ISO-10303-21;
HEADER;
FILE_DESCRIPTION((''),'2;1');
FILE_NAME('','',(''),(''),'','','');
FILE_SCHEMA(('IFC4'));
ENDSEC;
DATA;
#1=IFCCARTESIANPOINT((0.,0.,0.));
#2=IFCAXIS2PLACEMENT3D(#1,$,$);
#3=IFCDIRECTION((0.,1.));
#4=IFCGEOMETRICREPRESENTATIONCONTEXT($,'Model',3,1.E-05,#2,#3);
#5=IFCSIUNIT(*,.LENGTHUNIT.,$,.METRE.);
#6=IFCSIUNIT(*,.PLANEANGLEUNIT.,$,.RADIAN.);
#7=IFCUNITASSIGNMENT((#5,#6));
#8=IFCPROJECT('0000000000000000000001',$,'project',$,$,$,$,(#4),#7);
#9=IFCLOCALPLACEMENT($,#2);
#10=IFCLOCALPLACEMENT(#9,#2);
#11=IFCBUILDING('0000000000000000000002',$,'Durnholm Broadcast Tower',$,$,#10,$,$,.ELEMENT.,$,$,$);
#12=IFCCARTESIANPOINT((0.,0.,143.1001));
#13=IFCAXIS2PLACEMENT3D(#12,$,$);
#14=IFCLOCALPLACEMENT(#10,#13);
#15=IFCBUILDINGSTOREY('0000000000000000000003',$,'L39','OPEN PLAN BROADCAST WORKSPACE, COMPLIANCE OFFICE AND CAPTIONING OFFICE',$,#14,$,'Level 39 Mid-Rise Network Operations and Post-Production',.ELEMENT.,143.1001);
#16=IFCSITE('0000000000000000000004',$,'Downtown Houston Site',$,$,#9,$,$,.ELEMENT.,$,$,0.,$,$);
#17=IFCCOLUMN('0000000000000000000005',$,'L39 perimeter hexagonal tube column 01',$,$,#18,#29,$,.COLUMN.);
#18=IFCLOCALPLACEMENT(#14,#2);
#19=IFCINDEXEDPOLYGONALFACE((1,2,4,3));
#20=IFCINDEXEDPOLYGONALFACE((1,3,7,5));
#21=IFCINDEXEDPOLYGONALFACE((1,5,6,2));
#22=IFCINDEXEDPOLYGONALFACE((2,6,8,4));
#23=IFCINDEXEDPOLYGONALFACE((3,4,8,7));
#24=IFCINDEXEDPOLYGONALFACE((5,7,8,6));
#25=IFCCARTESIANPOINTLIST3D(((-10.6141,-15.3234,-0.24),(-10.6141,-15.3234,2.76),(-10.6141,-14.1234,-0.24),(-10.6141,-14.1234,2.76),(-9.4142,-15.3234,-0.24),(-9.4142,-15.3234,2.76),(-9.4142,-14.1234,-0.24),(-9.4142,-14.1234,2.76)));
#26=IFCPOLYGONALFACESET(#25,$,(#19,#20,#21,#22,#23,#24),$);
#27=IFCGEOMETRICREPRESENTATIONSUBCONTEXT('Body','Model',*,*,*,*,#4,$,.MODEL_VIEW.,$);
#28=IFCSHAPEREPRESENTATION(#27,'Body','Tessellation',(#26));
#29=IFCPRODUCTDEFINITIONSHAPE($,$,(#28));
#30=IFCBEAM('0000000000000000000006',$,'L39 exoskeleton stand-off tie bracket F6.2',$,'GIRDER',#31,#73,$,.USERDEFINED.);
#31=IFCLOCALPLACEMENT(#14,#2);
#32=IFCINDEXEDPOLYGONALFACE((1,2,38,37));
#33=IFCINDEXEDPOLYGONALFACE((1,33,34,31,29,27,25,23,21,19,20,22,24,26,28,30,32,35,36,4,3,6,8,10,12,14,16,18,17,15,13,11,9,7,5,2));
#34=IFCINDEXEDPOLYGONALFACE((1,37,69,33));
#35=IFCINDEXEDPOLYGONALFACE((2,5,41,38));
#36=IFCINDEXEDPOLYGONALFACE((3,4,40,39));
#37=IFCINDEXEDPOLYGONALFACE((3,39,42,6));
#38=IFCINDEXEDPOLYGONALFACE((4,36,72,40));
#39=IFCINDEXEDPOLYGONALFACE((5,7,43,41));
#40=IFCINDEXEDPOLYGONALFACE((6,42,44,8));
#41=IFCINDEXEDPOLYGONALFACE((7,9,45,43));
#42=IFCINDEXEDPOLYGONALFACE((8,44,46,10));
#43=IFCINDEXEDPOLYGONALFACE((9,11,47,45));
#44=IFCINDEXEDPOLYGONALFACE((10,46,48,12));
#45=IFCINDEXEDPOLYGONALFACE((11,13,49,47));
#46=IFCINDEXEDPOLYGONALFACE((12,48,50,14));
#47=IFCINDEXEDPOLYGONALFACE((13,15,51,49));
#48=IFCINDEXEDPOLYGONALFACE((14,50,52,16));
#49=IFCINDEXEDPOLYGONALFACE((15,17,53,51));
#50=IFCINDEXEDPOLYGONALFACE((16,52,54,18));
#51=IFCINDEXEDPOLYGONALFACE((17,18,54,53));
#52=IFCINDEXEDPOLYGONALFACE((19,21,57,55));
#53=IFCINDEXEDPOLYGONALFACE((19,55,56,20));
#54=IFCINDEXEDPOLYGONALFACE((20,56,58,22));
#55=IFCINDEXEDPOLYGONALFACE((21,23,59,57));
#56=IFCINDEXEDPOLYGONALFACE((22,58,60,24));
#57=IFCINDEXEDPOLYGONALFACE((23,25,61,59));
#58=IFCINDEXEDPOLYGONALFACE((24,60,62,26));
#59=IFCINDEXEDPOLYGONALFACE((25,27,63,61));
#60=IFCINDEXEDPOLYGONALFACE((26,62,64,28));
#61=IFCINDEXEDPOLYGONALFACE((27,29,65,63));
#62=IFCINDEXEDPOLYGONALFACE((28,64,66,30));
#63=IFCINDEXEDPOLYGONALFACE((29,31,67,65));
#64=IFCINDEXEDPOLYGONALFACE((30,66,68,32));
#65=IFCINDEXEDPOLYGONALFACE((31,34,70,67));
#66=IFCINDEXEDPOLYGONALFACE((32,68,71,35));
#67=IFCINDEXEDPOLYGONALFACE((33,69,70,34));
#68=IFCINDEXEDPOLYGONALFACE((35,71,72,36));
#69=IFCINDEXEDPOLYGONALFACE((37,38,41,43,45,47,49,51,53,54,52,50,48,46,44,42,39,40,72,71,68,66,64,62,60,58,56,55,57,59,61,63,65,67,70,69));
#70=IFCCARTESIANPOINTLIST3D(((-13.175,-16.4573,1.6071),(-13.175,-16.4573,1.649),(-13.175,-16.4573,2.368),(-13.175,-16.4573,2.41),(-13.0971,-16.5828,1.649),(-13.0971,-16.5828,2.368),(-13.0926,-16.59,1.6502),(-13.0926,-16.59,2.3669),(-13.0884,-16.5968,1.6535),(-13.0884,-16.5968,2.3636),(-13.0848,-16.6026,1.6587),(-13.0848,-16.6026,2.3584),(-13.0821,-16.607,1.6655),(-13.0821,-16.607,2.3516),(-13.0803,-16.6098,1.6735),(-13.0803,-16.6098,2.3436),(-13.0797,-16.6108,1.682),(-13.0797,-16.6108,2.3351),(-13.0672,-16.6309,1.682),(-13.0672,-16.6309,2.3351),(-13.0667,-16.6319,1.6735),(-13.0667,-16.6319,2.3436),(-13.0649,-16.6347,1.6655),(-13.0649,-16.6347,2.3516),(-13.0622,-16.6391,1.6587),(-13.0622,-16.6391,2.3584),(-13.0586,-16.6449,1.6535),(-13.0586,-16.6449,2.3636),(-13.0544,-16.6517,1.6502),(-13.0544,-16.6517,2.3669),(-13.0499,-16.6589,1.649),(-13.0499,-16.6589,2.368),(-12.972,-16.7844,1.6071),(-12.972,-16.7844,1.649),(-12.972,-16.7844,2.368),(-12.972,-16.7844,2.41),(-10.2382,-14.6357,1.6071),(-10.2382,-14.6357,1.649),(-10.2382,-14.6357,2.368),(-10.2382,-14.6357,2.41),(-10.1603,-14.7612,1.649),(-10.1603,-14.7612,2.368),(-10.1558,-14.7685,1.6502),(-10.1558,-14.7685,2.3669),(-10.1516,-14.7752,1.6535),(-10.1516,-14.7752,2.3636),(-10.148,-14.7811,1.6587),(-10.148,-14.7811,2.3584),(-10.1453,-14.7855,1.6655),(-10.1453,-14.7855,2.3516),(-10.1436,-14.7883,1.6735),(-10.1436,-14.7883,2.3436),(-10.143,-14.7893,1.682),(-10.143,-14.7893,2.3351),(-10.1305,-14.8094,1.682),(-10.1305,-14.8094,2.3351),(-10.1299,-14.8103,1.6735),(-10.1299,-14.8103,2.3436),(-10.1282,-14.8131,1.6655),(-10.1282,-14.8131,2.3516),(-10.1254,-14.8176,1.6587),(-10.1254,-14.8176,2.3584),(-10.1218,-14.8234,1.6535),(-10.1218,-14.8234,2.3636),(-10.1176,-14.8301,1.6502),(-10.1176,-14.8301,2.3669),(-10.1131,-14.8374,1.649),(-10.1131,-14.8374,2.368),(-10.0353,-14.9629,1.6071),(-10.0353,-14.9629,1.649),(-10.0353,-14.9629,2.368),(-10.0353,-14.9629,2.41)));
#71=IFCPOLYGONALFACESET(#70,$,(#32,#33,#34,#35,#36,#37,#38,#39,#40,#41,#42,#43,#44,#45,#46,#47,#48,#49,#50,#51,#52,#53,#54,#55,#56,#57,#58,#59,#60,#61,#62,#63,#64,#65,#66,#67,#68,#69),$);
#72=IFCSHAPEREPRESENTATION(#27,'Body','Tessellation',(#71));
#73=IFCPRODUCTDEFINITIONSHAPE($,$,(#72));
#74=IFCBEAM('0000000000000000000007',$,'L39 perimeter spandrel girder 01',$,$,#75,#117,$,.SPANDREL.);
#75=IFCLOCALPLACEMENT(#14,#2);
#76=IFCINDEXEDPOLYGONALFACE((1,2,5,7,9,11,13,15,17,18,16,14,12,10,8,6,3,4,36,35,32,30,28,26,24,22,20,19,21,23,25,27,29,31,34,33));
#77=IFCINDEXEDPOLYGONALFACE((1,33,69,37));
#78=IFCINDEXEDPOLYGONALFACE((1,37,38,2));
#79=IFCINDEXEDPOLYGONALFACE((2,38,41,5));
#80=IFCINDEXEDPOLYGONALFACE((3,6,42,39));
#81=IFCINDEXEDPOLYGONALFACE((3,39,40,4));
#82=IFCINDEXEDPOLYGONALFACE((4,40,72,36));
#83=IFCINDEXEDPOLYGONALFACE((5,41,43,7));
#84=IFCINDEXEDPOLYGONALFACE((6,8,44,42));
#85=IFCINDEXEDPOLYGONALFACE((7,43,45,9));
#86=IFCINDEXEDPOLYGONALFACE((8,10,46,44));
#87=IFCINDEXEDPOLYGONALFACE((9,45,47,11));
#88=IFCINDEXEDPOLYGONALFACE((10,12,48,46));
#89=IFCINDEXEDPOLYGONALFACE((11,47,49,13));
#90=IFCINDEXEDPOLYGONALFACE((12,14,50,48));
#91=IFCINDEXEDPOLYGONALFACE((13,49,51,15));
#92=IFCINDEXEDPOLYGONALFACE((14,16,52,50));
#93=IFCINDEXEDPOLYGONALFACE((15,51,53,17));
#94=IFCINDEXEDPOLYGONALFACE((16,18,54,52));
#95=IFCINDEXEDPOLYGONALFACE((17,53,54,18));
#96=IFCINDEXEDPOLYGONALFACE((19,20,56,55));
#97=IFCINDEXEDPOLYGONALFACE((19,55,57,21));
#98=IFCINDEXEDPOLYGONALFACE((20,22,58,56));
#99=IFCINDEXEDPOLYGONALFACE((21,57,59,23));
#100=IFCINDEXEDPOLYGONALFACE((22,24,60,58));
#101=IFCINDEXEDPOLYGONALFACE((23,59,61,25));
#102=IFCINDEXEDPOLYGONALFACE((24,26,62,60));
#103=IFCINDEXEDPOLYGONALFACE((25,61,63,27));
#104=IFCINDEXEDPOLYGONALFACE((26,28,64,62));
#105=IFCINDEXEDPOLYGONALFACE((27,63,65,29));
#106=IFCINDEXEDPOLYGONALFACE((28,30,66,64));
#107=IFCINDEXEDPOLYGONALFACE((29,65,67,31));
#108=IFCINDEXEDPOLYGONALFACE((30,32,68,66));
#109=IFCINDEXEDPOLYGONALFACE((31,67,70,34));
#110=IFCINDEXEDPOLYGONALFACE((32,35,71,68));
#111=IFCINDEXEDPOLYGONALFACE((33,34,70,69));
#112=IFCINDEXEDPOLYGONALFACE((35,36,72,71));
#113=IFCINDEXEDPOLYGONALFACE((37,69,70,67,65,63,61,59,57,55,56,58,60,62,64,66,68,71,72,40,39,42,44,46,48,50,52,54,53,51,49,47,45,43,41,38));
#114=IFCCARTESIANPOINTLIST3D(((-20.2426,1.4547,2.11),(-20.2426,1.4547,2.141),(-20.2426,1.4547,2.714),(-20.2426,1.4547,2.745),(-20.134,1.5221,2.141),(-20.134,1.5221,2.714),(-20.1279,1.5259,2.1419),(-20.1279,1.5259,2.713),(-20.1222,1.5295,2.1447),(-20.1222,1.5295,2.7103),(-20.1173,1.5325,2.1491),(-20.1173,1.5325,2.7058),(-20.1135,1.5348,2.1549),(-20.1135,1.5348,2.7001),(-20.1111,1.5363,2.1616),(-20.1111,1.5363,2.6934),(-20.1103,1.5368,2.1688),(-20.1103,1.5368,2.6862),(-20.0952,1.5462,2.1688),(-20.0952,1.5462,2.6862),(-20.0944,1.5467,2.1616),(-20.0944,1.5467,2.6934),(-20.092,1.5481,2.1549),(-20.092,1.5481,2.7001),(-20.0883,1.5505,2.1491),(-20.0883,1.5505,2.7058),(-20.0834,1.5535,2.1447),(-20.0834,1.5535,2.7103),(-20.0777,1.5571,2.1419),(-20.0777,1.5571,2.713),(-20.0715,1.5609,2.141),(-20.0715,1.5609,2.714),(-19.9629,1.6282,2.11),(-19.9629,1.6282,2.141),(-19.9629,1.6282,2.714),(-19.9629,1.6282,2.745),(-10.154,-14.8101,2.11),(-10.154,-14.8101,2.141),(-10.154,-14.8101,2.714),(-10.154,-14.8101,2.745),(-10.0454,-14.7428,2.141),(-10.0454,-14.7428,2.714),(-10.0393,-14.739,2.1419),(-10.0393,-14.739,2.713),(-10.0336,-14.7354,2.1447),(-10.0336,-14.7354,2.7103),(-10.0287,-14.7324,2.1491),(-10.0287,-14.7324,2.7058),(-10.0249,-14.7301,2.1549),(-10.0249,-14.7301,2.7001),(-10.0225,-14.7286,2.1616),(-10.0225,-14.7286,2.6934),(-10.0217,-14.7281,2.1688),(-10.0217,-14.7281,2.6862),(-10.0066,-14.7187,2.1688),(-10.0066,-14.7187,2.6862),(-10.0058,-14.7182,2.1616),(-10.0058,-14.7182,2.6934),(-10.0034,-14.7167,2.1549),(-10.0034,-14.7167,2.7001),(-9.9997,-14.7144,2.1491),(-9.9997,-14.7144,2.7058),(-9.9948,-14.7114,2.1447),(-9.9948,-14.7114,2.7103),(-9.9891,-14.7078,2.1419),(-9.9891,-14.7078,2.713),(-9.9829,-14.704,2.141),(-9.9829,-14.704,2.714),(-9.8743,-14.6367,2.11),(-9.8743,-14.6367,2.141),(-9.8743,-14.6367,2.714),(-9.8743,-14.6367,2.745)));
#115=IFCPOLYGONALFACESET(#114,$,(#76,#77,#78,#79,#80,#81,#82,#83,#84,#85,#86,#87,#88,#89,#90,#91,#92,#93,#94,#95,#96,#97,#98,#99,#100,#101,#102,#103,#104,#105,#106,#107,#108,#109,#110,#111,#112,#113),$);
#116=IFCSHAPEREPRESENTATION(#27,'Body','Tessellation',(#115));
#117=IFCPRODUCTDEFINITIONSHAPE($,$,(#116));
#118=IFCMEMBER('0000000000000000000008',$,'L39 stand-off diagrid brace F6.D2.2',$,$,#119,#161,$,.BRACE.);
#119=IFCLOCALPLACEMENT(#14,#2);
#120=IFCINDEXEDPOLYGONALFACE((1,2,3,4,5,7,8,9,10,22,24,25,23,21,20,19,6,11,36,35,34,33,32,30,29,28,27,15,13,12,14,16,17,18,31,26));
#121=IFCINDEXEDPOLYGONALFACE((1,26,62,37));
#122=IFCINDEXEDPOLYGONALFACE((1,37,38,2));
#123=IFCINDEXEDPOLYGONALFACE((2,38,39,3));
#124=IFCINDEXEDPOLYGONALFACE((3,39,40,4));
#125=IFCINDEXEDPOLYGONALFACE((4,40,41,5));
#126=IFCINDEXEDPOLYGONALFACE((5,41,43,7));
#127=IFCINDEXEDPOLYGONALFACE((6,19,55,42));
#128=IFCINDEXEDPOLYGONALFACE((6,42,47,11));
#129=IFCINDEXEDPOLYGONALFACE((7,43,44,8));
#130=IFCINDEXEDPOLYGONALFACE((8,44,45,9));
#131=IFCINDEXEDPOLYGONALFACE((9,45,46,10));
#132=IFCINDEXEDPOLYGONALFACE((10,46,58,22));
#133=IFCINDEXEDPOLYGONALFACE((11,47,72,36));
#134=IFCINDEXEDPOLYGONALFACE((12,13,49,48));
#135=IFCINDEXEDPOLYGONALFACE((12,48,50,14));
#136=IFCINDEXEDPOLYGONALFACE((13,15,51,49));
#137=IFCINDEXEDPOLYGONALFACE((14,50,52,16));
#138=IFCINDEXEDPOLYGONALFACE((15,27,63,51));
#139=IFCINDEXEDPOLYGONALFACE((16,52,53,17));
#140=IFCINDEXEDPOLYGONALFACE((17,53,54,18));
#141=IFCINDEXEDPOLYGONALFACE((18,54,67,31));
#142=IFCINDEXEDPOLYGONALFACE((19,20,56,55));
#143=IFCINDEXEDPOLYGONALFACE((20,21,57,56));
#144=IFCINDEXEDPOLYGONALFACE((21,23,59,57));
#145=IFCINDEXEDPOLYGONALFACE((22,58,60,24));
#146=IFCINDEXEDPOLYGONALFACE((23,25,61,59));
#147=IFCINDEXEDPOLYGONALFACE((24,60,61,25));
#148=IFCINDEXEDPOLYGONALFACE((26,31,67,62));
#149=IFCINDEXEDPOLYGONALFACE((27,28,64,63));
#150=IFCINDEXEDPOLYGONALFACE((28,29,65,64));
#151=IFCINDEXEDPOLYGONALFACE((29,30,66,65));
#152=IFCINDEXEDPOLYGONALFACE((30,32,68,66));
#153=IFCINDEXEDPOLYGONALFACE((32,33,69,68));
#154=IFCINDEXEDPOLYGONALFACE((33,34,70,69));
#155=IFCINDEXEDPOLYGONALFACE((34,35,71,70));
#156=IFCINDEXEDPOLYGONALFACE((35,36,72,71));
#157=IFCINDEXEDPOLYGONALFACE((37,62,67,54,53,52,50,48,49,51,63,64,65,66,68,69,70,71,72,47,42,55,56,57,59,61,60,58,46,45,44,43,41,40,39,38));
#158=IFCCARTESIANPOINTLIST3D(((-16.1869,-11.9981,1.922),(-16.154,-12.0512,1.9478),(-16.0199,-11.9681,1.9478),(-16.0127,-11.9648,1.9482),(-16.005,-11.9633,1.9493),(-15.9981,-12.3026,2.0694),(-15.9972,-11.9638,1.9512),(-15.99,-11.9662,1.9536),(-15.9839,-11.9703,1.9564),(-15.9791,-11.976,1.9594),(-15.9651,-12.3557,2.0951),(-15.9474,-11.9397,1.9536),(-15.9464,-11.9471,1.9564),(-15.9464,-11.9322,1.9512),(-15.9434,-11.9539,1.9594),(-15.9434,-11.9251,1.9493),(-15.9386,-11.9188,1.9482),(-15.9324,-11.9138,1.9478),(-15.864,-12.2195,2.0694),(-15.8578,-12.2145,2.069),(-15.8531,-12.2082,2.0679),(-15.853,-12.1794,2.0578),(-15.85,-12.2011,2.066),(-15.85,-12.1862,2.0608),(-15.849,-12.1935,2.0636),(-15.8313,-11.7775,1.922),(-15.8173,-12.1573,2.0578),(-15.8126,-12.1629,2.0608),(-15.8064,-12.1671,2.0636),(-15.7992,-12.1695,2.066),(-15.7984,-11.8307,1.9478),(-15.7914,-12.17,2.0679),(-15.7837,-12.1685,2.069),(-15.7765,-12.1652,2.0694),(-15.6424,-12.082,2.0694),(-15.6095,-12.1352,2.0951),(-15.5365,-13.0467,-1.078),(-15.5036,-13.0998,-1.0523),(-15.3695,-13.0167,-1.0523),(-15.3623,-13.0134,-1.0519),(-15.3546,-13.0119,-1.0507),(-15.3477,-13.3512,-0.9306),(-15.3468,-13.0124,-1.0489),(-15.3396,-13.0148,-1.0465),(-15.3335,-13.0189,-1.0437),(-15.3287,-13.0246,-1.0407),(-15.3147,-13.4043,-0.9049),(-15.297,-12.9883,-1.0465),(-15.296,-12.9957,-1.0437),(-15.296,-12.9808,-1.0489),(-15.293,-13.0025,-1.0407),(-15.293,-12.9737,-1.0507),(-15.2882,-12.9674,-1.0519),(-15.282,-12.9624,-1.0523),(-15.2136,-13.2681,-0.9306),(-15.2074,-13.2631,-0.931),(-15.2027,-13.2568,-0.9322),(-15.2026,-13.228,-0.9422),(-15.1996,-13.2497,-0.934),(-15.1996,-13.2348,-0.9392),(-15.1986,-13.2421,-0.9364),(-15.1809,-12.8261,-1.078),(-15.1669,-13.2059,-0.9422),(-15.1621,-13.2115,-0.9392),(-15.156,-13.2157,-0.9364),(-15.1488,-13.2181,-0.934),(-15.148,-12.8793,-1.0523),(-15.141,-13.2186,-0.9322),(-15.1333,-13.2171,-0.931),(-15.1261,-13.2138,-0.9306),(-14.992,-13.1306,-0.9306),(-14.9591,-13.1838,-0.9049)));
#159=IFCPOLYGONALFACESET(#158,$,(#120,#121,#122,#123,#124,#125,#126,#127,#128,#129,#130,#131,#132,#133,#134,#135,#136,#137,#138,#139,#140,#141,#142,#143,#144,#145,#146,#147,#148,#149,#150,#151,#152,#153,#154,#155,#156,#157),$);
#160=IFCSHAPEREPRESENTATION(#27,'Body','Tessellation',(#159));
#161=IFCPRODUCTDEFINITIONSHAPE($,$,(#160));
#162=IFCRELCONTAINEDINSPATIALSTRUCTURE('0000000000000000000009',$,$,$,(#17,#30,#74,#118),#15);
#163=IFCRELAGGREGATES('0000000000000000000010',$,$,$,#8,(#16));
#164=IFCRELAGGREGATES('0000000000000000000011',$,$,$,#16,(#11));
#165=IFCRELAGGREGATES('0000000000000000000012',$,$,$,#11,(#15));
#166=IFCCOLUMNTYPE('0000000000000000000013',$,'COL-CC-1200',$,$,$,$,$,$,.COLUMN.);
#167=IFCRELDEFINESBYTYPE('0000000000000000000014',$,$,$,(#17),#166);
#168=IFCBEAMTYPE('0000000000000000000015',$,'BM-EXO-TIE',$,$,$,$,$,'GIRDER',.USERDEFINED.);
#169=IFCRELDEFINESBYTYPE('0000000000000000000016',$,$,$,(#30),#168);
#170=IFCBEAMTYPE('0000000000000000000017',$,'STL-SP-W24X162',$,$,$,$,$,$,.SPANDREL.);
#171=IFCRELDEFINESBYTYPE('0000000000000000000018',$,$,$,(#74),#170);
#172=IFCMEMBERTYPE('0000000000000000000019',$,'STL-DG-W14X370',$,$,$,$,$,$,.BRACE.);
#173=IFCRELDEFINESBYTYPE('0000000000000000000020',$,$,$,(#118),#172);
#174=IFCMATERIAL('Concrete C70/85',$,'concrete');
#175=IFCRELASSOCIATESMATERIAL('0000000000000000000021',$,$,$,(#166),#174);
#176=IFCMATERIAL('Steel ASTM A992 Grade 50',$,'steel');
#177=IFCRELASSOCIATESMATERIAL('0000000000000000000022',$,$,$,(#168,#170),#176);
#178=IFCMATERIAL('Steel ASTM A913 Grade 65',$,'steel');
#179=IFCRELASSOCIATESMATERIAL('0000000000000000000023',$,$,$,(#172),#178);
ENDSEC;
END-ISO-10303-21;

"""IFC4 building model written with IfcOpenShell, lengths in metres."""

from ifc_helpers import new_model, si_unit, direction, frame, origin, origin_2d, place, context, subcontext, project, spatial, rectangle, i_section, extrude, source, transform, mapped, material, material_profile, profile_set, type_object, type_shapes, element, save


model = new_model("IFC4")

# Units and contexts
model_context = context("Model", 3, precision=1e-05, world=origin(), true_north=direction((0.0, 1.0)))
body_context = subcontext(model_context, "Body", "Model", "MODEL_VIEW")
ifc_project = project(units=[si_unit("LENGTHUNIT", "METRE"), si_unit("PLANEANGLEUNIT", "RADIAN")], contexts=[model_context])

# Site, building, storey
site_placement = place(None, origin())
site = spatial("IfcSite", under=ifc_project, at=site_placement, Name="Downtown Houston Site", CompositionType="ELEMENT", RefElevation=0.0)
building_placement = place(site_placement, origin())
building = spatial("IfcBuilding", under=site, at=building_placement, Name="Durnholm Broadcast Tower", CompositionType="ELEMENT")
storey_placement = place(building_placement, frame((0.0, 0.0, 143.1001)))
storey = spatial("IfcBuildingStorey", under=building, at=storey_placement, Name="L39", Description="OPEN PLAN BROADCAST WORKSPACE, COMPLIANCE OFFICE AND CAPTIONING OFFICE", LongName="Level 39 Mid-Rise Network Operations and Post-Production", CompositionType="ELEMENT", Elevation=143.1001)

# Column
ifc_material_1 = material(Name="Concrete C70/85", Category="concrete")
ifc_material_profile_1 = material_profile(ifc_material_1, rectangle(XDim=1.2, YDim=1.2, at=origin_2d()), Name="RC1200X1200")
ifc_profile_set_1 = profile_set([ifc_material_profile_1], Name="Concrete C70/85")
column_type = type_object("IfcColumnType", Name="COL-CC-1200", PredefinedType="COLUMN", material=ifc_profile_set_1)
shared_shape_1 = source(origin(), body_context, "Body", "SweptSolid", [
    extrude(rectangle(XDim=1.2, YDim=1.2, at=origin_2d()), origin(), (0.0, 0.0, 1.0), 3.0),
])
type_shapes(column_type, [shared_shape_1])
column_placement = place(storey_placement, frame((-10.0142, -14.7234, -0.24), z_axis=(0.0, 0.0, 1.0), x_axis=(1.0, 0.0, 0.0)))
element("IfcColumn", 1, at=column_placement, inside=storey, type_object=column_type, Name="L39 perimeter hexagonal tube column 01", PredefinedType="COLUMN", context=body_context, shape_type="MappedRepresentation", body=[
    mapped(shared_shape_1, transform((0.0, 0.0, 0.0), x_axis=(1.0, 0.0, 0.0), y_axis=(0.0, 1.0, 0.0), z_axis=(0.0, 0.0, 1.0), scale=1.0)),
])

# Beams
ifc_material_2 = material(Name="Steel ASTM A992 Grade 50", Category="steel")
ifc_material_profile_2 = material_profile(ifc_material_2, i_section(OverallWidth=0.385, OverallDepth=0.803, WebThickness=0.0237, FlangeThickness=0.042, FilletRadius=0.033, at=origin_2d()), Name="W30X261")
ifc_profile_set_2 = profile_set([ifc_material_profile_2], Name="Steel ASTM A992 Grade 50")
beam_type_1 = type_object("IfcBeamType", Name="BM-EXO-TIE", ElementType="GIRDER", PredefinedType="USERDEFINED", material=ifc_profile_set_2)
shared_shape_2 = source(origin(), body_context, "Body", "SweptSolid", [
    extrude(i_section(OverallWidth=0.385, OverallDepth=0.803, WebThickness=0.0237, FlangeThickness=0.042, FilletRadius=0.033, at=origin_2d()), origin(), (0.0, 0.0, 1.0), 3.4558),
])
type_shapes(beam_type_1, [shared_shape_2])
beam_1_placement = place(storey_placement, frame((-10.1367, -14.7993, 2.0085), z_axis=(-0.849807, -0.527094, 0.0), x_axis=(0.527094, -0.849807, 0.0)))
element("IfcBeam", 2, at=beam_1_placement, inside=storey, type_object=beam_type_1, Name="L39 exoskeleton stand-off tie bracket F6.2", ObjectType="GIRDER", PredefinedType="USERDEFINED", context=body_context, shape_type="MappedRepresentation", body=[
    mapped(shared_shape_2, transform((0.0, 0.0, 0.0), x_axis=(1.0, 0.0, 0.0), y_axis=(0.0, 1.0, 0.0), z_axis=(0.0, 0.0, 1.0), scale=1.0)),
])
ifc_material_profile_3 = material_profile(ifc_material_2, i_section(OverallWidth=0.3291, OverallDepth=0.635, WebThickness=0.0178, FlangeThickness=0.031, FilletRadius=0.0278, at=origin_2d()), Name="W24X162")
ifc_profile_set_3 = profile_set([ifc_material_profile_3], Name="Steel ASTM A992 Grade 50")
beam_type_2 = type_object("IfcBeamType", Name="STL-SP-W24X162", PredefinedType="SPANDREL", material=ifc_profile_set_3)
shared_shape_3 = source(origin(), body_context, "Body", "SweptSolid", [
    extrude(i_section(OverallWidth=0.3291, OverallDepth=0.635, WebThickness=0.0178, FlangeThickness=0.031, FilletRadius=0.0278, at=origin_2d()), origin(), (0.0, 0.0, 1.0), 19.1396),
])
type_shapes(beam_type_2, [shared_shape_3])
beam_2_placement = place(storey_placement, frame((-10.0142, -14.7234, 2.4275), z_axis=(-0.527105, 0.8498, 0.0), x_axis=(-0.8498, -0.527105, 0.0)))
element("IfcBeam", 3, at=beam_2_placement, inside=storey, type_object=beam_type_2, Name="L39 perimeter spandrel girder 01", PredefinedType="SPANDREL", context=body_context, shape_type="MappedRepresentation", body=[
    mapped(shared_shape_3, transform((0.0, 0.0, 0.0), x_axis=(1.0, 0.0, 0.0), y_axis=(0.0, 1.0, 0.0), z_axis=(0.0, 0.0, 1.0), scale=1.0)),
])

# Member
ifc_material_3 = material(Name="Steel ASTM A913 Grade 65", Category="steel")
ifc_material_profile_4 = material_profile(ifc_material_3, i_section(OverallWidth=0.4185, OverallDepth=0.4551, WebThickness=0.042, FlangeThickness=0.0676, FilletRadius=0.0305, at=origin_2d()), Name="W14X370")
ifc_profile_set_4 = profile_set([ifc_material_profile_4], Name="Steel ASTM A913 Grade 65")
member_type_1 = type_object("IfcMemberType", Name="STL-DG-W14X370", PredefinedType="BRACE", material=ifc_profile_set_4)
shared_shape_4 = source(origin(), body_context, "Body", "SweptSolid", [
    extrude(i_section(OverallWidth=0.4185, OverallDepth=0.4551, WebThickness=0.042, FlangeThickness=0.0676, FilletRadius=0.0305, at=origin_2d()), origin(), (0.0, 0.0, 1.0), 3.2439),
])
member_1_placement = place(storey_placement, frame((-15.2478, -13.1152, -0.9915), z_axis=(-0.2005, 0.323253, 0.924828), x_axis=(-0.849805, -0.527097, 0.0)))
element("IfcMember", 4, at=member_1_placement, inside=storey, type_object=member_type_1, Name="L39 stand-off diagrid brace F6.D2.2", PredefinedType="BRACE", context=body_context, shape_type="MappedRepresentation", body=[
    mapped(shared_shape_4, transform((0.0, 0.0, 0.0), x_axis=(1.0, 0.0, 0.0), y_axis=(0.0, 1.0, 0.0), z_axis=(0.0, 0.0, 1.0), scale=1.0)),
])

save(model, "model.ifc")
